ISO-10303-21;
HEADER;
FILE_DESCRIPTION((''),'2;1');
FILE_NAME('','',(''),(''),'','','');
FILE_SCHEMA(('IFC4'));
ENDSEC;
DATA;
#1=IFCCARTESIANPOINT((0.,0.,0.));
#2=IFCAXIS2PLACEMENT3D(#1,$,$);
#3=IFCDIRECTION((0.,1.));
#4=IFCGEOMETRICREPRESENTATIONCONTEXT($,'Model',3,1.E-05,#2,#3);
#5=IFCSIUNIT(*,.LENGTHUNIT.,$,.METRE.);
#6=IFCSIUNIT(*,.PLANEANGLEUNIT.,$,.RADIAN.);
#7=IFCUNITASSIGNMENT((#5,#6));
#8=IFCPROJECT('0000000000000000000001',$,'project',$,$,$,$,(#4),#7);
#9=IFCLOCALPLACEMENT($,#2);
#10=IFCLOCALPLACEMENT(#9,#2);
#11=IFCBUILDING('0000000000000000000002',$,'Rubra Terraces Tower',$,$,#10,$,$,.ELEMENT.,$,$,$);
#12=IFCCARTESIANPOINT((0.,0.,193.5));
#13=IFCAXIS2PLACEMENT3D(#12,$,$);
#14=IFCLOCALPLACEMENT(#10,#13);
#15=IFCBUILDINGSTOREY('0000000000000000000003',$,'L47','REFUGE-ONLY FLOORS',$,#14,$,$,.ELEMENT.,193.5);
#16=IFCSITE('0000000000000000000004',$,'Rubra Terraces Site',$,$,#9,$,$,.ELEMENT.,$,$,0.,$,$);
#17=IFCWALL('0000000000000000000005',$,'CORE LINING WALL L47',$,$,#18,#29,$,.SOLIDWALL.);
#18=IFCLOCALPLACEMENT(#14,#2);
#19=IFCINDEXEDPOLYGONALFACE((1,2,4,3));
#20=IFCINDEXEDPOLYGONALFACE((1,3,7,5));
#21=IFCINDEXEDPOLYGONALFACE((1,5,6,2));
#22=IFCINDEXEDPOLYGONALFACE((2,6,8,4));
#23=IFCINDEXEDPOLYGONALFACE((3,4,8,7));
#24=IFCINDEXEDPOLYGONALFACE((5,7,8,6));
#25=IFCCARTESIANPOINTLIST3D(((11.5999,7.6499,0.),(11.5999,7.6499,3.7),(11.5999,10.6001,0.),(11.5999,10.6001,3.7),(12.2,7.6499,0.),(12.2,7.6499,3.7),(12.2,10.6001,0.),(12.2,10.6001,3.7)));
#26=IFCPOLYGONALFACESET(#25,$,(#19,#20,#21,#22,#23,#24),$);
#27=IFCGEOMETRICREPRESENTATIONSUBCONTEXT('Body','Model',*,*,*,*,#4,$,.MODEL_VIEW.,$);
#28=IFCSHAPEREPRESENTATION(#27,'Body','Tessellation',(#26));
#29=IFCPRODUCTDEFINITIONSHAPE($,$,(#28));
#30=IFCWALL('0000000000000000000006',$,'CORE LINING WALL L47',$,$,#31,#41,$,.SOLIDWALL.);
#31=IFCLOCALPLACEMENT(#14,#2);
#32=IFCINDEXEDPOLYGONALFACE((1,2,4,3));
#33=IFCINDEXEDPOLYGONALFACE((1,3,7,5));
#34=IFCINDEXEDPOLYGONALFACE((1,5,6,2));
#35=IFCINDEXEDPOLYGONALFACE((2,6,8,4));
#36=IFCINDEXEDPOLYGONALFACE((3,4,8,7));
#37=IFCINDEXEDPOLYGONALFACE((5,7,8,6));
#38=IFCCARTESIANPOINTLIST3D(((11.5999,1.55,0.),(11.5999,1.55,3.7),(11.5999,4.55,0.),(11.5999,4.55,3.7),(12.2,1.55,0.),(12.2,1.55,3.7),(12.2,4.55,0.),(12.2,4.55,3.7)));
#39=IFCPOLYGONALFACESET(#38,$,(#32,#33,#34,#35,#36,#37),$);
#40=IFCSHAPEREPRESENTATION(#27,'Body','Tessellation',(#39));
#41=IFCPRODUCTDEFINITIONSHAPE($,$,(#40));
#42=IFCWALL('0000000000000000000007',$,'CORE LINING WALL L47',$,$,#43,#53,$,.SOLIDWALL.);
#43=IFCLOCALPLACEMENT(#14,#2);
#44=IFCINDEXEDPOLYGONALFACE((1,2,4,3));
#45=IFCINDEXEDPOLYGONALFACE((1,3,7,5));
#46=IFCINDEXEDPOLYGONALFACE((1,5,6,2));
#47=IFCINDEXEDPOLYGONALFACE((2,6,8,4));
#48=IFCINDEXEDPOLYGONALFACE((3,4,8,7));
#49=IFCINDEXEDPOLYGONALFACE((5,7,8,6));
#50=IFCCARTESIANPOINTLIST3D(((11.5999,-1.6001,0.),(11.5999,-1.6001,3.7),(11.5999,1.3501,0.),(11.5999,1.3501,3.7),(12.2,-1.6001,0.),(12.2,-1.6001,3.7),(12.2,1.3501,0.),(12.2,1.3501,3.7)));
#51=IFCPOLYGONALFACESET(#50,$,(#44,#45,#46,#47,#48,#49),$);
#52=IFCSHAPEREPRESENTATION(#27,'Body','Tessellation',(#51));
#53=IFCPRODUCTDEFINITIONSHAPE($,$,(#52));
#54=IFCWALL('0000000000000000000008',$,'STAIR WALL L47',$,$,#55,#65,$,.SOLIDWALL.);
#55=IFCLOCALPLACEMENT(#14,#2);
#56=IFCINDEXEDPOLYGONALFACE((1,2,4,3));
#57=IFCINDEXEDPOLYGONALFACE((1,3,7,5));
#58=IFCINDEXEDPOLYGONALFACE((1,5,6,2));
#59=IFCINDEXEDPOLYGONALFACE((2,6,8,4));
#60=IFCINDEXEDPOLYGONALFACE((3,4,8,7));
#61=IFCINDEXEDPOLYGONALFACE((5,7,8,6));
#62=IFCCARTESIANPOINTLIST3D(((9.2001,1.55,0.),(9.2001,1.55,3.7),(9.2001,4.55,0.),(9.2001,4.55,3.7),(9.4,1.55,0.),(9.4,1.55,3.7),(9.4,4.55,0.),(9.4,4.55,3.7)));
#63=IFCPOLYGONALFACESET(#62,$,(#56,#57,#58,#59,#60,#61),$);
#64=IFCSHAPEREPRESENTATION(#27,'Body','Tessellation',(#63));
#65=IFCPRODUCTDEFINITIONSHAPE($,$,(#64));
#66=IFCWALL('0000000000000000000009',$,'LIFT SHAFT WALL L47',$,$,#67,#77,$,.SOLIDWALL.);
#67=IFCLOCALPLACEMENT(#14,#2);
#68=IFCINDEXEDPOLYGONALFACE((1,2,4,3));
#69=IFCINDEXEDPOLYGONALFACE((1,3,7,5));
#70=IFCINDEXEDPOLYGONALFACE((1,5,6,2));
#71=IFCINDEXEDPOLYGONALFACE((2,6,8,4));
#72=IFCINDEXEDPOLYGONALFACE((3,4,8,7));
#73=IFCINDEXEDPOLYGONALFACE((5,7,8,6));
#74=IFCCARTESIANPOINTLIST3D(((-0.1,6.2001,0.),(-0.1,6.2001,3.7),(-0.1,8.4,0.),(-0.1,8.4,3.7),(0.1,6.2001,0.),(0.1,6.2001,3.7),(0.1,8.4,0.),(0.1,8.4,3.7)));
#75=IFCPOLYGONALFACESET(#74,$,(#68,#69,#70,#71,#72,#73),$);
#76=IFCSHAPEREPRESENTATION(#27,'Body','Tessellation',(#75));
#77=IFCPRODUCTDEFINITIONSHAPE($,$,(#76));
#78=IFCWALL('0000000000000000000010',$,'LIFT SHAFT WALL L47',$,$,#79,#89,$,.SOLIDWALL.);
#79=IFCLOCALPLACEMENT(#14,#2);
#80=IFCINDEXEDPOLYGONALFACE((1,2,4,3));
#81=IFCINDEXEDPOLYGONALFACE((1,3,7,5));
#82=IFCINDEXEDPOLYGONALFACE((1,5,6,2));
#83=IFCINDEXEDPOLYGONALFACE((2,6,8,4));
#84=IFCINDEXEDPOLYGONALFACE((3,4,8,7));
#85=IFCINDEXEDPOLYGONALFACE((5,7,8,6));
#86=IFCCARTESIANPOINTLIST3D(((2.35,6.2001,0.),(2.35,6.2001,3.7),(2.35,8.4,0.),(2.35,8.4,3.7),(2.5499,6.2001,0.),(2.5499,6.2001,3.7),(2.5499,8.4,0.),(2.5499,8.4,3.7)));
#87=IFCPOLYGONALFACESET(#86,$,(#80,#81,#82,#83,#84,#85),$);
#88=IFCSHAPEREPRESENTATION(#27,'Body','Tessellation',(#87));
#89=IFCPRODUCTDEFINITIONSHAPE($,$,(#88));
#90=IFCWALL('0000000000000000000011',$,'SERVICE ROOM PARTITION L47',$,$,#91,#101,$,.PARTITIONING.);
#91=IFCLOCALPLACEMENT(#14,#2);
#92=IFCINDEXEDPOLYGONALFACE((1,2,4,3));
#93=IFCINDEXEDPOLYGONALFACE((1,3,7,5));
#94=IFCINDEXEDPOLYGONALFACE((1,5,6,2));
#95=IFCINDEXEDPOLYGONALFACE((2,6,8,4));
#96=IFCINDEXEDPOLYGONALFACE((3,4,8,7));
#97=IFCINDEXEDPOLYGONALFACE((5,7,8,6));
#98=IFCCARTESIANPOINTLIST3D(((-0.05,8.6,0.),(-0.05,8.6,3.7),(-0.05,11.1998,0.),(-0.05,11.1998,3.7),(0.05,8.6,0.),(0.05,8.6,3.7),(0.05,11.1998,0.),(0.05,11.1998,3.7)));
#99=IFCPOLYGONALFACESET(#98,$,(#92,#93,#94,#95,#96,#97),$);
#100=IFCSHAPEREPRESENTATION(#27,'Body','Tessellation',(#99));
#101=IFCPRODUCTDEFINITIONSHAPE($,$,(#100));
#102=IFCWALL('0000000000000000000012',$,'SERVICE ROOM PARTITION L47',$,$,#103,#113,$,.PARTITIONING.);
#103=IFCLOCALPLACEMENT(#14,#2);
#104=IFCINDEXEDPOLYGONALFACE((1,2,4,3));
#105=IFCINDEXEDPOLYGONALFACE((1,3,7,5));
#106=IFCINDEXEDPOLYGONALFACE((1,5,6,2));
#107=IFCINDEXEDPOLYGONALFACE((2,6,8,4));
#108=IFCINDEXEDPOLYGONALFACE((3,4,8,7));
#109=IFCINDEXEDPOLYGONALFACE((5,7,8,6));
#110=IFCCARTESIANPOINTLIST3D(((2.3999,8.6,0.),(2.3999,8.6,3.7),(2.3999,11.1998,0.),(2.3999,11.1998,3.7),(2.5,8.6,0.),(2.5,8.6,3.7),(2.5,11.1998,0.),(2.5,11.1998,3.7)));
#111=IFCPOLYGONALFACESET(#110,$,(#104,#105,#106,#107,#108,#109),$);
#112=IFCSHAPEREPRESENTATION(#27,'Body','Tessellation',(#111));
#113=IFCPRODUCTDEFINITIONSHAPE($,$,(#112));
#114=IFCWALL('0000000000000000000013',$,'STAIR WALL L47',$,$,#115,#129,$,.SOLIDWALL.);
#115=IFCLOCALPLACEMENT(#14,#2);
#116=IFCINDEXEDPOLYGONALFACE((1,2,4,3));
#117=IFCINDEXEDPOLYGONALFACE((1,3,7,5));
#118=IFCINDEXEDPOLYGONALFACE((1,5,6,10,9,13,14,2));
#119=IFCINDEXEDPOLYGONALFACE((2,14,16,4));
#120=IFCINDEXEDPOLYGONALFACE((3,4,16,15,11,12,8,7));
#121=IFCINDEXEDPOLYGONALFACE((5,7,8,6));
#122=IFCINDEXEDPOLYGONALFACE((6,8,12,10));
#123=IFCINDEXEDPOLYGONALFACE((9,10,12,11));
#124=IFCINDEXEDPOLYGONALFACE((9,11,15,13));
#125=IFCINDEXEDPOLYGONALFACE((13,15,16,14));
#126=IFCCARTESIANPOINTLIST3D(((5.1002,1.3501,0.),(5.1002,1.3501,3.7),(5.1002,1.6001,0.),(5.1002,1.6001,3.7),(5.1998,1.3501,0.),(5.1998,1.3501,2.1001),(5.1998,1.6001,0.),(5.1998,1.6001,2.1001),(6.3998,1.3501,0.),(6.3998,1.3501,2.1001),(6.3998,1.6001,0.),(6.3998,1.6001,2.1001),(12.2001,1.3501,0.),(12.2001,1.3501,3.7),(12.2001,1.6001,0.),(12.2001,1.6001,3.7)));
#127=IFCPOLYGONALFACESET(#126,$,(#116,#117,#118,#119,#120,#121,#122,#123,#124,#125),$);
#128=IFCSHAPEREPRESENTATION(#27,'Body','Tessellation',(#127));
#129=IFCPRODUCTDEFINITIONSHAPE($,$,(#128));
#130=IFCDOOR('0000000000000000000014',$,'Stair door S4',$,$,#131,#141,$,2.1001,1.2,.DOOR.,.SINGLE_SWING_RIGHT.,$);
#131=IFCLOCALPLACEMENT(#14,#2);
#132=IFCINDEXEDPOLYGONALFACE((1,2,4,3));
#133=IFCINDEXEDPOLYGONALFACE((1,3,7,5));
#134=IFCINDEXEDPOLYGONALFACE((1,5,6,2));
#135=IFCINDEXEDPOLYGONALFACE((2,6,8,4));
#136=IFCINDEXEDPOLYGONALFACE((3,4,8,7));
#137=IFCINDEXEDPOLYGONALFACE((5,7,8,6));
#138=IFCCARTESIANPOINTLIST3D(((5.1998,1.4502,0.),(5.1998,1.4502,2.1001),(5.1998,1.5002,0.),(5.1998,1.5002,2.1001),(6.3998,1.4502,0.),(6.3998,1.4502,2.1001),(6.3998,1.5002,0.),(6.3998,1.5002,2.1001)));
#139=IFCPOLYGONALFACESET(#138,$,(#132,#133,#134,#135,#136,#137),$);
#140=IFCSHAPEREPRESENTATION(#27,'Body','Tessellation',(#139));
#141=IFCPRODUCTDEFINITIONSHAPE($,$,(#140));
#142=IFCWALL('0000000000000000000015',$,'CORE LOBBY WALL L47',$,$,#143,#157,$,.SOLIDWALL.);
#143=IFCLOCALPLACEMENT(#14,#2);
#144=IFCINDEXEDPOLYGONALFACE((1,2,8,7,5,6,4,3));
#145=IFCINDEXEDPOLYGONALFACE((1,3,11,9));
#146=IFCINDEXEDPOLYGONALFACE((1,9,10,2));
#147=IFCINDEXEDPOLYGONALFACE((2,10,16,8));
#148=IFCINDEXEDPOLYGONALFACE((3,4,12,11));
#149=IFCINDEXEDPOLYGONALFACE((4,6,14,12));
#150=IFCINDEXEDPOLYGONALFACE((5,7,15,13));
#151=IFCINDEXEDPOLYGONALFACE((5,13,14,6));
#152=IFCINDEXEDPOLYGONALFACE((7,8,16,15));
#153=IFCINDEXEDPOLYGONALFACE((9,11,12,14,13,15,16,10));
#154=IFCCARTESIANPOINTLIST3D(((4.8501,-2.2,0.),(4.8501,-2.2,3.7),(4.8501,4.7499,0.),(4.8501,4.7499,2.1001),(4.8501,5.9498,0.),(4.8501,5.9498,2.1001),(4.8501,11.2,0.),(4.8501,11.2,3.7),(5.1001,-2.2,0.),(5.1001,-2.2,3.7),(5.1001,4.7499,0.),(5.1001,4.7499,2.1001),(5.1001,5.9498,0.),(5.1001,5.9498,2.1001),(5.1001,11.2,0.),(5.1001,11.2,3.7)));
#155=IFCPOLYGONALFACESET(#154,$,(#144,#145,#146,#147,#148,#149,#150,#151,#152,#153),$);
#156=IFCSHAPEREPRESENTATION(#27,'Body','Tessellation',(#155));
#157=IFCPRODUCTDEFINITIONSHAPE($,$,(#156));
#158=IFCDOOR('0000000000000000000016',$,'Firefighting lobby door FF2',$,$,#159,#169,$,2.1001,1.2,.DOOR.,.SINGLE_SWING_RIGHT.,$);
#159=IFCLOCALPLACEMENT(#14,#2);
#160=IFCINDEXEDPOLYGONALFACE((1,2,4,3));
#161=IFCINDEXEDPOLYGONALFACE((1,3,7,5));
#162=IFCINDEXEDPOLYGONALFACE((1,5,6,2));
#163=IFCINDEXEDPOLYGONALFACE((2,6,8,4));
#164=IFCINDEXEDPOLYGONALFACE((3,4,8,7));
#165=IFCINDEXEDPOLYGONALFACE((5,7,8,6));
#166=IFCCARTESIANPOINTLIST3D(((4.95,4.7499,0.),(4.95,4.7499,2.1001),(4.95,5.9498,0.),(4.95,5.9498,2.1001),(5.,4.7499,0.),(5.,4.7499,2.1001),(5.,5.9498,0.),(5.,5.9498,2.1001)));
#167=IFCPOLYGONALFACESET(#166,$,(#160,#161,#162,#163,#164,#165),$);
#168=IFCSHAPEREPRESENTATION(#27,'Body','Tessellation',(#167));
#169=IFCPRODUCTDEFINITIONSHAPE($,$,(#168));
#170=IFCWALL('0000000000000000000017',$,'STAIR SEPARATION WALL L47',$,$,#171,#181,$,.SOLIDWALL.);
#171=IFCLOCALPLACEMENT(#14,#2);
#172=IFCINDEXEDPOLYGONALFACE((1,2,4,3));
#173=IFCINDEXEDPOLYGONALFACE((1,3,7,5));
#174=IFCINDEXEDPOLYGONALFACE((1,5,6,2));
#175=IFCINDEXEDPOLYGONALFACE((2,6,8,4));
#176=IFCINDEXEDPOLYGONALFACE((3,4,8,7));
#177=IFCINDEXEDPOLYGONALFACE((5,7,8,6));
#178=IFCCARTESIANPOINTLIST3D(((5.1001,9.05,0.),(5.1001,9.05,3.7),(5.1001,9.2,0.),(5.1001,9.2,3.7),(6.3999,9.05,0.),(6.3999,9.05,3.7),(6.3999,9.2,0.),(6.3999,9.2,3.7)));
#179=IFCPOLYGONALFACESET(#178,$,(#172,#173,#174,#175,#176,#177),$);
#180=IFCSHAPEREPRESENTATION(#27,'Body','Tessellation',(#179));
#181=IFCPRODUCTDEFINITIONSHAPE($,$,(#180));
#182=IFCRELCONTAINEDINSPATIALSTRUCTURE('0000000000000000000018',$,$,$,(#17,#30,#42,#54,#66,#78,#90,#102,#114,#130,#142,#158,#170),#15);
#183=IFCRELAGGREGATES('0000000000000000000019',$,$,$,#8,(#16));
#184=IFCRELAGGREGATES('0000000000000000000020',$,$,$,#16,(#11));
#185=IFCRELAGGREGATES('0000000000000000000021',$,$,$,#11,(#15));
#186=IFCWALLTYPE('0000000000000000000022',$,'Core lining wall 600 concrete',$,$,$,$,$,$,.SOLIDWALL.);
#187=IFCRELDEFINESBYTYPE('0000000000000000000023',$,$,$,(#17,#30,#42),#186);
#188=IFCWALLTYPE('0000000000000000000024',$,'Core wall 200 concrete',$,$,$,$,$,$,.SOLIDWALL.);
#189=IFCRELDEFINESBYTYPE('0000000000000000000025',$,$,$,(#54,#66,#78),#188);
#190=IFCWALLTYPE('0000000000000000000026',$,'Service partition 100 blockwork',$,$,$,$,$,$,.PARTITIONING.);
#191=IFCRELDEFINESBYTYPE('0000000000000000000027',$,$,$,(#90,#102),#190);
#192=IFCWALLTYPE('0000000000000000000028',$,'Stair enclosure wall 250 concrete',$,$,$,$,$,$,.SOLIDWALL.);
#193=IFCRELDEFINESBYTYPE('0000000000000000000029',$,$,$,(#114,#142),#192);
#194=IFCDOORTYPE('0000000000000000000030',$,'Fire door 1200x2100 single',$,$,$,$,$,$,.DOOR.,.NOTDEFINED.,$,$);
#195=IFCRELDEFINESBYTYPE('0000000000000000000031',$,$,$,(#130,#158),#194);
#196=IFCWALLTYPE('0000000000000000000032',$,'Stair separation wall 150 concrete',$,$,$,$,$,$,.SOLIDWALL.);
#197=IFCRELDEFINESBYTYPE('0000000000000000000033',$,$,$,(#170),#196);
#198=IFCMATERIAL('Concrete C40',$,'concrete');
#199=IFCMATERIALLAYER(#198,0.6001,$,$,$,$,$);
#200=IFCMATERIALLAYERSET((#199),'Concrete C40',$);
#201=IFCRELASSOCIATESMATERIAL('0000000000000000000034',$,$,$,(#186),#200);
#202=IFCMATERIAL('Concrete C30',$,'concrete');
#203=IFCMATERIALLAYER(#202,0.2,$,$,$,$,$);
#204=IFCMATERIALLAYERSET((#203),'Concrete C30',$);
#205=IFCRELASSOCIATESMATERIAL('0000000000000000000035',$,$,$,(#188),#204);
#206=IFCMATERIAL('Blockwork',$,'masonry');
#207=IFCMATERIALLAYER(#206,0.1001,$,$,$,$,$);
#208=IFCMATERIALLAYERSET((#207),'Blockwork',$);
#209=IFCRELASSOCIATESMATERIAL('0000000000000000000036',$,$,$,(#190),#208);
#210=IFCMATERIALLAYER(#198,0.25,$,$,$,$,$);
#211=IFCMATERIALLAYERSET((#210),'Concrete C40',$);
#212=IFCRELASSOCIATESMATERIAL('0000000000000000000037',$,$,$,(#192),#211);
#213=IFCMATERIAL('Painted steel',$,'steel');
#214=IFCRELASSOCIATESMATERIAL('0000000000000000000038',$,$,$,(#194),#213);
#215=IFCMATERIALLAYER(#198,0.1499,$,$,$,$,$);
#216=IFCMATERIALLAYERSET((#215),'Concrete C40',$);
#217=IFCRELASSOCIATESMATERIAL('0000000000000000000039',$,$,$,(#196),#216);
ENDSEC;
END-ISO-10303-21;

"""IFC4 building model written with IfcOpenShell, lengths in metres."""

from ifc_helpers import new_model, si_unit, direction, frame, frame_2d, origin, place, context, subcontext, project, spatial, rectangle, extrude, material, layer, layer_set, type_object, element, fill, save


model = new_model("IFC4")

# Units and contexts
model_context = context("Model", 3, precision=1e-05, world=origin(), true_north=direction((0.0, 1.0)))
body_context = subcontext(model_context, "Body", "Model", "MODEL_VIEW")
ifc_project = project(units=[si_unit("LENGTHUNIT", "METRE"), si_unit("PLANEANGLEUNIT", "RADIAN")], contexts=[model_context])

# Site, building, storey
site_placement = place(None, origin())
site = spatial("IfcSite", under=ifc_project, at=site_placement, Name="Rubra Terraces Site", CompositionType="ELEMENT", RefElevation=0.0)
building_placement = place(site_placement, origin())
building = spatial("IfcBuilding", under=site, at=building_placement, Name="Rubra Terraces Tower", CompositionType="ELEMENT")
storey_placement = place(building_placement, frame((0.0, 0.0, 193.5)))
storey = spatial("IfcBuildingStorey", under=building, at=storey_placement, Name="L47", Description="REFUGE-ONLY FLOORS", CompositionType="ELEMENT", Elevation=193.5)

# Walls
ifc_material_1 = material(Name="Concrete C40", Category="concrete")
ifc_layer_1 = layer(ifc_material_1, 0.6001)
ifc_layer_set_1 = layer_set([ifc_layer_1], Name="Concrete C40")
wall_type_1 = type_object("IfcWallType", Name="Core lining wall 600 concrete", PredefinedType="SOLIDWALL", material=ifc_layer_set_1)
wall_1_placement = place(storey_placement, frame((11.8999, 10.6001, 0.0), z_axis=(0.0, 0.0, 1.0), x_axis=(0.0, -1.0, 0.0)))
element("IfcWall", 1, at=wall_1_placement, inside=storey, type_object=wall_type_1, Name="CORE LINING WALL L47", PredefinedType="SOLIDWALL", context=body_context, shape_type="SweptSolid", body=[
    extrude(rectangle(XDim=2.9502, YDim=0.6001, at=frame_2d((1.4751, 0.0))), origin(), (0.0, 0.0, 1.0), 3.7),
])
wall_2_placement = place(storey_placement, frame((11.8999, 4.55, 0.0), z_axis=(0.0, 0.0, 1.0), x_axis=(0.0, -1.0, 0.0)))
element("IfcWall", 2, at=wall_2_placement, inside=storey, type_object=wall_type_1, Name="CORE LINING WALL L47", PredefinedType="SOLIDWALL", context=body_context, shape_type="SweptSolid", body=[
    extrude(rectangle(XDim=3.0, YDim=0.6001, at=frame_2d((1.5, 0.0))), origin(), (0.0, 0.0, 1.0), 3.7),
])
wall_3_placement = place(storey_placement, frame((11.8999, 1.3501, 0.0), z_axis=(0.0, 0.0, 1.0), x_axis=(0.0, -1.0, 0.0)))
element("IfcWall", 3, at=wall_3_placement, inside=storey, type_object=wall_type_1, Name="CORE LINING WALL L47", PredefinedType="SOLIDWALL", context=body_context, shape_type="SweptSolid", body=[
    extrude(rectangle(XDim=2.9502, YDim=0.6001, at=frame_2d((1.4751, 0.0))), origin(), (0.0, 0.0, 1.0), 3.7),
])
ifc_material_2 = material(Name="Concrete C30", Category="concrete")
ifc_layer_2 = layer(ifc_material_2, 0.2)
ifc_layer_set_2 = layer_set([ifc_layer_2], Name="Concrete C30")
wall_type_2 = type_object("IfcWallType", Name="Core wall 200 concrete", PredefinedType="SOLIDWALL", material=ifc_layer_set_2)
wall_4_placement = place(storey_placement, frame((9.3, 4.55, 0.0), z_axis=(0.0, 0.0, 1.0), x_axis=(0.0, -1.0, 0.0)))
element("IfcWall", 4, at=wall_4_placement, inside=storey, type_object=wall_type_2, Name="STAIR WALL L47", PredefinedType="SOLIDWALL", context=body_context, shape_type="SweptSolid", body=[
    extrude(rectangle(XDim=3.0, YDim=0.2, at=frame_2d((1.5, 0.0))), origin(), (0.0, 0.0, 1.0), 3.7),
])
for number, where, z_axis, x_axis, name in (
    (5, (0.0, 6.2, 0.0), (0.0, 0.0, 1.0), (0.0, 1.0, 0.0), "LIFT SHAFT WALL L47"),
    (6, (2.45, 6.2, 0.0), (0.0, 0.0, 1.0), (0.0, 1.0, 0.0), "LIFT SHAFT WALL L47"),
):
    element("IfcWall", number, at=place(storey_placement, frame(where, z_axis=z_axis, x_axis=x_axis)), inside=storey, type_object=wall_type_2, Name=name, PredefinedType="SOLIDWALL", context=body_context, shape_type="SweptSolid", body=[
        extrude(rectangle(XDim=2.2, YDim=0.2, at=frame_2d((1.1001, 0.0))), origin(), (0.0, 0.0, 1.0), 3.7),
    ])
ifc_material_3 = material(Name="Blockwork", Category="masonry")
ifc_layer_3 = layer(ifc_material_3, 0.1001)
ifc_layer_set_3 = layer_set([ifc_layer_3], Name="Blockwork")
wall_type_3 = type_object("IfcWallType", Name="Service partition 100 blockwork", PredefinedType="PARTITIONING", material=ifc_layer_set_3)
for number, where, z_axis, x_axis, name in (
    (7, (0.0, 8.6001, 0.0), (0.0, 0.0, 1.0), (0.0, 1.0, 0.0), "SERVICE ROOM PARTITION L47"),
    (8, (2.45, 8.6001, 0.0), (0.0, 0.0, 1.0), (0.0, 1.0, 0.0), "SERVICE ROOM PARTITION L47"),
):
    element("IfcWall", number, at=place(storey_placement, frame(where, z_axis=z_axis, x_axis=x_axis)), inside=storey, type_object=wall_type_3, Name=name, PredefinedType="PARTITIONING", context=body_context, shape_type="SweptSolid", body=[
        extrude(rectangle(XDim=2.5999, YDim=0.1001, at=frame_2d((1.2998, 0.0))), origin(), (0.0, 0.0, 1.0), 3.7),
    ])

# Walls, openings, doors
ifc_layer_4 = layer(ifc_material_1, 0.25)
ifc_layer_set_4 = layer_set([ifc_layer_4], Name="Concrete C40")
wall_type_4 = type_object("IfcWallType", Name="Stair enclosure wall 250 concrete", PredefinedType="SOLIDWALL", material=ifc_layer_set_4)
wall_5_placement = place(storey_placement, frame((12.2, 1.4751, 0.0), z_axis=(0.0, 0.0, 1.0), x_axis=(-1.0, 0.0, 0.0)))
wall_5 = element("IfcWall", 9, at=wall_5_placement, inside=storey, type_object=wall_type_4, Name="STAIR WALL L47", PredefinedType="SOLIDWALL", context=body_context, shape_type="SweptSolid", body=[
    extrude(rectangle(XDim=7.0999, YDim=0.25, at=frame_2d((3.5498, 0.0))), origin(), (0.0, 0.0, 1.0), 3.7),
])
opening_1_placement = place(wall_5_placement, frame((5.8, 0.0, 0.0)))
opening_1 = element("IfcOpeningElement", 10, at=opening_1_placement, cuts=wall_5, PredefinedType="OPENING", context=body_context, shape_type="SweptSolid", body=[
    extrude(rectangle(XDim=1.2, YDim=2.1001, at=frame_2d((0.6001, 1.05))), frame((0.0, 0.135, 0.0), z_axis=(0.0, -1.0, 0.0), x_axis=(1.0, 0.0, 0.0)), (0.0, 0.0, 1.0), 0.27),
])
ifc_material_4 = material(Name="Painted steel", Category="steel")
door_type = type_object("IfcDoorType", Name="Fire door 1200x2100 single", OperationType="NOTDEFINED", PredefinedType="DOOR", material=ifc_material_4)
door_1_placement = place(opening_1_placement, origin())
door_1 = element("IfcDoor", 11, at=door_1_placement, inside=storey, type_object=door_type, Name="Stair door S4", OperationType="SINGLE_SWING_RIGHT", OverallHeight=2.1001, OverallWidth=1.2, PredefinedType="DOOR", context=body_context, shape_type="SweptSolid", body=[
    extrude(rectangle(XDim=1.2, YDim=2.1001, at=frame_2d((0.6001, 1.05))), frame((0.0, 0.0249, 0.0), z_axis=(0.0, -1.0, 0.0), x_axis=(1.0, 0.0, 0.0)), (0.0, 0.0, 1.0), 0.05),
])
fill(opening_1, door_1)
wall_6_placement = place(storey_placement, frame((4.9751, 11.2, 0.0), z_axis=(0.0, 0.0, 1.0), x_axis=(0.0, -1.0, 0.0)))
wall_6 = element("IfcWall", 12, at=wall_6_placement, inside=storey, type_object=wall_type_4, Name="CORE LOBBY WALL L47", PredefinedType="SOLIDWALL", context=body_context, shape_type="SweptSolid", body=[
    extrude(rectangle(XDim=13.3999, YDim=0.25, at=frame_2d((6.7, 0.0))), origin(), (0.0, 0.0, 1.0), 3.7),
])
opening_2_placement = place(wall_6_placement, frame((5.25, 0.0, 0.0)))
opening_2 = element("IfcOpeningElement", 13, at=opening_2_placement, cuts=wall_6, PredefinedType="OPENING", context=body_context, shape_type="SweptSolid", body=[
    extrude(rectangle(XDim=1.2, YDim=2.1001, at=frame_2d((0.6001, 1.05))), frame((0.0, 0.135, 0.0), z_axis=(0.0, -1.0, 0.0), x_axis=(1.0, 0.0, 0.0)), (0.0, 0.0, 1.0), 0.27),
])
door_2_placement = place(opening_2_placement, origin())
door_2 = element("IfcDoor", 14, at=door_2_placement, inside=storey, type_object=door_type, Name="Firefighting lobby door FF2", OperationType="SINGLE_SWING_RIGHT", OverallHeight=2.1001, OverallWidth=1.2, PredefinedType="DOOR", context=body_context, shape_type="SweptSolid", body=[
    extrude(rectangle(XDim=1.2, YDim=2.1001, at=frame_2d((0.6001, 1.05))), frame((0.0, 0.0249, 0.0), z_axis=(0.0, -1.0, 0.0), x_axis=(1.0, 0.0, 0.0)), (0.0, 0.0, 1.0), 0.05),
])
fill(opening_2, door_2)

# Wall
ifc_layer_5 = layer(ifc_material_1, 0.1499)
ifc_layer_set_5 = layer_set([ifc_layer_5], Name="Concrete C40")
wall_type_5 = type_object("IfcWallType", Name="Stair separation wall 150 concrete", PredefinedType="SOLIDWALL", material=ifc_layer_set_5)
wall_7_placement = place(storey_placement, frame((6.3999, 9.125, 0.0), z_axis=(0.0, 0.0, 1.0), x_axis=(-1.0, 0.0, 0.0)))
element("IfcWall", 15, at=wall_7_placement, inside=storey, type_object=wall_type_5, Name="STAIR SEPARATION WALL L47", PredefinedType="SOLIDWALL", context=body_context, shape_type="SweptSolid", body=[
    extrude(rectangle(XDim=1.2998, YDim=0.1499, at=frame_2d((0.6499, 0.0))), origin(), (0.0, 0.0, 1.0), 3.7),
])

save(model, "model.ifc")
